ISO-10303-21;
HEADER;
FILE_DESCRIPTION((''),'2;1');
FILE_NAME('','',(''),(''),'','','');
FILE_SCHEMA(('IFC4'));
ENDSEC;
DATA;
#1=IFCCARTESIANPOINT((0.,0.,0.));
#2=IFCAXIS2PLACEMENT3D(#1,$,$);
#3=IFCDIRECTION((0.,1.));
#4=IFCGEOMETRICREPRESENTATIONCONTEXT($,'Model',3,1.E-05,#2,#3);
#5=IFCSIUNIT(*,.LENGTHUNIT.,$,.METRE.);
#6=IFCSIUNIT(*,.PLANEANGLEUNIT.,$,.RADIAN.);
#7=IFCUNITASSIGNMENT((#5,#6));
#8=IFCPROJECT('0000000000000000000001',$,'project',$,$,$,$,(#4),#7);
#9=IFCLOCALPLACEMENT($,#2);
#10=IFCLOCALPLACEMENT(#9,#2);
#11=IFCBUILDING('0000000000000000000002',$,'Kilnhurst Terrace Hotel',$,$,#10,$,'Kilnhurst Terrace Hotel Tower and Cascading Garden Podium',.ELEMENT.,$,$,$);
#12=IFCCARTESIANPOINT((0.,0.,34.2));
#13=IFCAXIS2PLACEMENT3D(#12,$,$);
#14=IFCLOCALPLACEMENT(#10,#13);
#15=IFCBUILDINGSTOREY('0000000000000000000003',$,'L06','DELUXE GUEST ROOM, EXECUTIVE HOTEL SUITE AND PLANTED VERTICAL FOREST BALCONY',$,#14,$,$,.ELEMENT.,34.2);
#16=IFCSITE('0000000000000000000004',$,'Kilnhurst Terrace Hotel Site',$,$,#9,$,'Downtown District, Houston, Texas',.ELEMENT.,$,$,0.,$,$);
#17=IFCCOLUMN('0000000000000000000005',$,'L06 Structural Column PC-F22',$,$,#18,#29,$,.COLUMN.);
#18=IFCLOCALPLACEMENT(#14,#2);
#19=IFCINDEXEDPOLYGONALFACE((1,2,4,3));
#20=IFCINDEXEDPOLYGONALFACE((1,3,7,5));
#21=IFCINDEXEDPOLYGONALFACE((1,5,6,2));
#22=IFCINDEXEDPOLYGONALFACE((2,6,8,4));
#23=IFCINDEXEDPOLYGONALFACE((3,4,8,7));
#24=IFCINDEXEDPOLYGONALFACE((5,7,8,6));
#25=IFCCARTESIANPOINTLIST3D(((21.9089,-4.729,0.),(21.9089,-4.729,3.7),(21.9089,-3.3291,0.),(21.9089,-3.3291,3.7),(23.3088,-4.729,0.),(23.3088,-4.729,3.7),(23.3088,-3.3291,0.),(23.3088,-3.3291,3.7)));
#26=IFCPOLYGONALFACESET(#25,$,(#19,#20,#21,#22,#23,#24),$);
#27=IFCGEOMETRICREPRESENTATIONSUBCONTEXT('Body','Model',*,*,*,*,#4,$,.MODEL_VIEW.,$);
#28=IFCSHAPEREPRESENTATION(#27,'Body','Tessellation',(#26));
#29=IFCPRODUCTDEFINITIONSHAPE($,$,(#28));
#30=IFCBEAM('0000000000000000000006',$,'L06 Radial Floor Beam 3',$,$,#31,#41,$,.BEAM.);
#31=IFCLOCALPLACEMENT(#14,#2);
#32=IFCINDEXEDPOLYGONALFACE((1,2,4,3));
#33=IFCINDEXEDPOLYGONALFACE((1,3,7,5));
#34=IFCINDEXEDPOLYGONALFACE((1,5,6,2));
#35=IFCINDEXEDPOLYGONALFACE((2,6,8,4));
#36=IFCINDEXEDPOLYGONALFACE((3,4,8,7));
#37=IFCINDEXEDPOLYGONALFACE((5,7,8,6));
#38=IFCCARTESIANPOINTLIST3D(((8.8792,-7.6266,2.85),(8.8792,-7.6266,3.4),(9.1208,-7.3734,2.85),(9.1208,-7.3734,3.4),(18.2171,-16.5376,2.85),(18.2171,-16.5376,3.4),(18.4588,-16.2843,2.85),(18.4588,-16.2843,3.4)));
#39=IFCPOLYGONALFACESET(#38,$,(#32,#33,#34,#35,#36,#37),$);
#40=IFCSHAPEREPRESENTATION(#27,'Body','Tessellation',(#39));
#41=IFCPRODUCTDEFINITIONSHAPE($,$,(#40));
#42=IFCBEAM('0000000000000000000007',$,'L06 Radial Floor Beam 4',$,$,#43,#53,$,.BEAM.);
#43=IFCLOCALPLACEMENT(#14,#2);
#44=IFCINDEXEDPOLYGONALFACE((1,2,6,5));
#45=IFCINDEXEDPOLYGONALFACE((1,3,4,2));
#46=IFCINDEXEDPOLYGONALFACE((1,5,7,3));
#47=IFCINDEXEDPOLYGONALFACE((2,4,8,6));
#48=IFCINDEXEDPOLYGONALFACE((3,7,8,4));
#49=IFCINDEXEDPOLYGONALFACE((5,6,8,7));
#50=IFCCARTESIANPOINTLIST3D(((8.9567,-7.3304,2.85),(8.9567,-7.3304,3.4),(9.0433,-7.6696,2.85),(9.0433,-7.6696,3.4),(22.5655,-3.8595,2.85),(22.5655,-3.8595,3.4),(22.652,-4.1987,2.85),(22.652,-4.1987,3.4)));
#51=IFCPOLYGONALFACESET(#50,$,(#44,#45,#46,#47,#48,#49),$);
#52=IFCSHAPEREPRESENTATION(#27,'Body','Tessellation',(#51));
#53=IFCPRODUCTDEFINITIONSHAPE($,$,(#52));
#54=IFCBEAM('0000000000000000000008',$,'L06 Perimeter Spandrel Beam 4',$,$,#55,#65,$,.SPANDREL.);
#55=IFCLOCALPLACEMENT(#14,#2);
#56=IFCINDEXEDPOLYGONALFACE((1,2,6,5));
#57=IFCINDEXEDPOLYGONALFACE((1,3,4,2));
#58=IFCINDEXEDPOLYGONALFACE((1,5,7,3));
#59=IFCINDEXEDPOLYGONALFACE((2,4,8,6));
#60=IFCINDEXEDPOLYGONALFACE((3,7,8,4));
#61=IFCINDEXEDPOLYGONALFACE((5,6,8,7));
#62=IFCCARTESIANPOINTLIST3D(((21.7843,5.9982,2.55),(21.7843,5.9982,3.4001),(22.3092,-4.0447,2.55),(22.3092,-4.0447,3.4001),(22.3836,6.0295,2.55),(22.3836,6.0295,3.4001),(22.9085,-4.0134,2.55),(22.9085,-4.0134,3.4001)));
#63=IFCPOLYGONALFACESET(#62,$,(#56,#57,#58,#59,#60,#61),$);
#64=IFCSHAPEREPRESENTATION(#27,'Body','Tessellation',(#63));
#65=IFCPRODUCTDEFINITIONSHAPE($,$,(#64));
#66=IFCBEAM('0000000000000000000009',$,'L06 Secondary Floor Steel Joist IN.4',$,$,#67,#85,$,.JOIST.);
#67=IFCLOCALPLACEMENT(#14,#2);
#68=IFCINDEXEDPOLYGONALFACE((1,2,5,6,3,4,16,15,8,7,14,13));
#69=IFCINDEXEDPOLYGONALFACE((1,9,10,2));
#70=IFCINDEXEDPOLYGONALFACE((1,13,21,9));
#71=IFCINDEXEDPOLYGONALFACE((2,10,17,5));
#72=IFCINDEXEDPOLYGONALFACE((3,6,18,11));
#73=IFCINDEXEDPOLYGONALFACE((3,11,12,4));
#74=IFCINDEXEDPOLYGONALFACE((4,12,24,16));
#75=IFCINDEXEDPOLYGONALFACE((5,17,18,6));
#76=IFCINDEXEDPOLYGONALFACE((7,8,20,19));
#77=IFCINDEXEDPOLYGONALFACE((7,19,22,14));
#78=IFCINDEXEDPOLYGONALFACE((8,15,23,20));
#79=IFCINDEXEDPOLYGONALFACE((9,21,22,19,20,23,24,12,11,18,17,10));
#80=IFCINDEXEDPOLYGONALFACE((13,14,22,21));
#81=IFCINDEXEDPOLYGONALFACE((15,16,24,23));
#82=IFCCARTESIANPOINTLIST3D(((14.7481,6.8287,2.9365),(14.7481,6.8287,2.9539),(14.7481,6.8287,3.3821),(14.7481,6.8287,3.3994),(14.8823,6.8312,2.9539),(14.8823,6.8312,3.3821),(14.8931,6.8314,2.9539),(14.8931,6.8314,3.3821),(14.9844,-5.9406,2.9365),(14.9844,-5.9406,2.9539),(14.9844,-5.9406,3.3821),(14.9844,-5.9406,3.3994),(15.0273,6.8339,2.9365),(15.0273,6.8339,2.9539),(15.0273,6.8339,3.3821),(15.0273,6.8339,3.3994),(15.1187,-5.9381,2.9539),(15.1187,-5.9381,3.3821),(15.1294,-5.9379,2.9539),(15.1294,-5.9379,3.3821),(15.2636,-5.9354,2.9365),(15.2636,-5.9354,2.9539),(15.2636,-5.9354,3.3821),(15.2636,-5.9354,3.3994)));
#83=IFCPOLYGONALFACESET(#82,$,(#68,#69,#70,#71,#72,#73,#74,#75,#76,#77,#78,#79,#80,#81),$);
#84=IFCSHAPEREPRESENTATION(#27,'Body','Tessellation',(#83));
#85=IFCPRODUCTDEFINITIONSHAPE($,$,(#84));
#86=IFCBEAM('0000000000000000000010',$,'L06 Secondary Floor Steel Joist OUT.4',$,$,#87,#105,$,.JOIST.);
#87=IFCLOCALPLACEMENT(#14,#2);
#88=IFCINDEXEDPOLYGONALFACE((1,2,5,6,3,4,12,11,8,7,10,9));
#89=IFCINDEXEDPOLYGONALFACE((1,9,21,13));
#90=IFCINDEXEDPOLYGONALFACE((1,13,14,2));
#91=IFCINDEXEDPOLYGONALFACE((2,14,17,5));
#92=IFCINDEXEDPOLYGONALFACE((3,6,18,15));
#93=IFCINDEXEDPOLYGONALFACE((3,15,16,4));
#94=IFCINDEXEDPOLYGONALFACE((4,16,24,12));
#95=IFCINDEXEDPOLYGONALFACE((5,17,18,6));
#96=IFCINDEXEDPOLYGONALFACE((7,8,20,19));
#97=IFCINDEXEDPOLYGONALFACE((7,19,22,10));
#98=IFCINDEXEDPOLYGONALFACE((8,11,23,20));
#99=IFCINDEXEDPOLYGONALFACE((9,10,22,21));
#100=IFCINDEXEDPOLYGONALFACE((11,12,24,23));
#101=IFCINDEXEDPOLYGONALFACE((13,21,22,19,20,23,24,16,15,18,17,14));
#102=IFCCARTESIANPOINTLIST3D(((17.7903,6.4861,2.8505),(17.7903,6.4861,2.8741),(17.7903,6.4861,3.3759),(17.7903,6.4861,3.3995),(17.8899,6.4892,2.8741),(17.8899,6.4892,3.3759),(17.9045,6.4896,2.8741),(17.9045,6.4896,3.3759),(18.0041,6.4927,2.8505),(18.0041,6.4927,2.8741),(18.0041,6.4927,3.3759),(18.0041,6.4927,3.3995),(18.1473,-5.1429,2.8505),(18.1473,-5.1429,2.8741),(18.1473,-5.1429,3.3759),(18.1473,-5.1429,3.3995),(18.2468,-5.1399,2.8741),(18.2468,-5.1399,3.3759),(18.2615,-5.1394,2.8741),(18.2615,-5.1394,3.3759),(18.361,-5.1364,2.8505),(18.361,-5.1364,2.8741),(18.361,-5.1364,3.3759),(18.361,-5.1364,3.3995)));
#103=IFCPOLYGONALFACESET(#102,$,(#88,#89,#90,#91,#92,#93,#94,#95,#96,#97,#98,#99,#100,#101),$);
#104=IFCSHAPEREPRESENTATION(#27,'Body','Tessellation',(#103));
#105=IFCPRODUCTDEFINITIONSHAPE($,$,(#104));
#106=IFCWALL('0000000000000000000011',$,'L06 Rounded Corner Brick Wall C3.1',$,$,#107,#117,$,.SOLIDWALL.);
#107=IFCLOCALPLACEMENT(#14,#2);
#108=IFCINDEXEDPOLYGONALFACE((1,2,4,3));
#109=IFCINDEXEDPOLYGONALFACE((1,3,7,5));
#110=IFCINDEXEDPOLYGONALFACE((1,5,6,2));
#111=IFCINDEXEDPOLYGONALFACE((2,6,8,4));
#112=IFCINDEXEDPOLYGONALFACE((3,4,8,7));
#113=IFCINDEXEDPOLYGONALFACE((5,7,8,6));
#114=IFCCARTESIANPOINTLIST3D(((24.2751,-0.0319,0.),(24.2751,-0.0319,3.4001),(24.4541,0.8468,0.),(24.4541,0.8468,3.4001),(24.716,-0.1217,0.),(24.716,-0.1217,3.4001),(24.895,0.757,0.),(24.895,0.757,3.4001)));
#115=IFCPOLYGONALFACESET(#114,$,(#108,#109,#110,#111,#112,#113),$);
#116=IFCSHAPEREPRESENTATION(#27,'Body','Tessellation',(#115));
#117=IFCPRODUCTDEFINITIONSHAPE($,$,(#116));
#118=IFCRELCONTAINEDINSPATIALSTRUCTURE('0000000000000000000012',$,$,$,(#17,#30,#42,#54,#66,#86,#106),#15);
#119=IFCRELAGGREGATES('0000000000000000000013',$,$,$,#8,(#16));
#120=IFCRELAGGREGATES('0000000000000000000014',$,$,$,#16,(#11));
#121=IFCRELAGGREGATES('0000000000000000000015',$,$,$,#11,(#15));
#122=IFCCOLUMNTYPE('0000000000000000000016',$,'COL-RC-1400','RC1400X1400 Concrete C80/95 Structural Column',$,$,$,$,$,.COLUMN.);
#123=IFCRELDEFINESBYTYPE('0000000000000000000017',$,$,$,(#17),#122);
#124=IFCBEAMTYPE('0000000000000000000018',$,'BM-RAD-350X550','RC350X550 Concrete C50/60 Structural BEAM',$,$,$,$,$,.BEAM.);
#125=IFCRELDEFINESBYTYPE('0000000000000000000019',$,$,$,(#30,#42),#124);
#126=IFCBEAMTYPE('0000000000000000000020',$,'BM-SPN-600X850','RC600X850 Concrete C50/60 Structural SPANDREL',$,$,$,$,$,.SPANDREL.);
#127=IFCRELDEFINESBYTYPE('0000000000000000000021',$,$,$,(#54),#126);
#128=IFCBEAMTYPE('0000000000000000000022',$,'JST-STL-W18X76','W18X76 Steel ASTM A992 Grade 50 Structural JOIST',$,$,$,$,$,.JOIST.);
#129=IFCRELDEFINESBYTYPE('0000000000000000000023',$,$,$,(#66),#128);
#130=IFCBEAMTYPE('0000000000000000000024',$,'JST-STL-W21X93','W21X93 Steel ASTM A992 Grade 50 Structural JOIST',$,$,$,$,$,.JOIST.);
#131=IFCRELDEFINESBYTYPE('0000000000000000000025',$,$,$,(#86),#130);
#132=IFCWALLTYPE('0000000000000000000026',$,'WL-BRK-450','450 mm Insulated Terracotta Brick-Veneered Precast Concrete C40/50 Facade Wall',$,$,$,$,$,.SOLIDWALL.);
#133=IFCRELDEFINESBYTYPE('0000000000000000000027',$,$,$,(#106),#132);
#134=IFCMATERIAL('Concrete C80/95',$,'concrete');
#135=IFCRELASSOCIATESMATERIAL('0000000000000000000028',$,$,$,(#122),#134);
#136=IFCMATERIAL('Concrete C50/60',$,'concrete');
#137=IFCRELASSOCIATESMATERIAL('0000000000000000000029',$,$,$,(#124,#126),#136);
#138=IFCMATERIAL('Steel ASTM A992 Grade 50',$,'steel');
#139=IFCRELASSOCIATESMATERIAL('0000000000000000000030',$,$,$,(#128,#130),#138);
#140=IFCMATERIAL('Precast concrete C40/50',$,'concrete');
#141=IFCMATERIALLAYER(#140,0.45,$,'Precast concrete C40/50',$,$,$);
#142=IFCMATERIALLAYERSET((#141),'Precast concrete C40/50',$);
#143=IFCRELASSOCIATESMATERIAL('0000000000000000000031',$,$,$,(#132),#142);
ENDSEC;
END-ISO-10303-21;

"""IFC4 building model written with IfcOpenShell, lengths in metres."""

from ifc_helpers import new_model, si_unit, direction, frame, frame_2d, origin, origin_2d, place, context, subcontext, project, spatial, rectangle, i_section, extrude, material, layer, layer_set, material_profile, profile_set, type_object, element, save


model = new_model("IFC4")

# Units and contexts
model_context = context("Model", 3, precision=1e-05, world=origin(), true_north=direction((0.0, 1.0)))
body_context = subcontext(model_context, "Body", "Model", "MODEL_VIEW")
ifc_project = project(units=[si_unit("LENGTHUNIT", "METRE"), si_unit("PLANEANGLEUNIT", "RADIAN")], contexts=[model_context])

# Site, building, storey
site_placement = place(None, origin())
site = spatial("IfcSite", under=ifc_project, at=site_placement, Name="Kilnhurst Terrace Hotel Site", LongName="Downtown District, Houston, Texas", CompositionType="ELEMENT", RefElevation=0.0)
building_placement = place(site_placement, origin())
building = spatial("IfcBuilding", under=site, at=building_placement, Name="Kilnhurst Terrace Hotel", LongName="Kilnhurst Terrace Hotel Tower and Cascading Garden Podium", CompositionType="ELEMENT")
storey_placement = place(building_placement, frame((0.0, 0.0, 34.2)))
storey = spatial("IfcBuildingStorey", under=building, at=storey_placement, Name="L06", Description="DELUXE GUEST ROOM, EXECUTIVE HOTEL SUITE AND PLANTED VERTICAL FOREST BALCONY", CompositionType="ELEMENT", Elevation=34.2)

# Column
ifc_material_1 = material(Name="Concrete C80/95", Category="concrete")
ifc_material_profile_1 = material_profile(ifc_material_1, rectangle(XDim=1.3999, YDim=1.3999, at=origin_2d()), Name="RC1400X1400")
ifc_profile_set_1 = profile_set([ifc_material_profile_1], Name="Concrete C80/95")
column_type = type_object("IfcColumnType", Name="COL-RC-1400", Description="RC1400X1400 Concrete C80/95 Structural Column", PredefinedType="COLUMN", material=ifc_profile_set_1)
column_placement = place(storey_placement, frame((22.6089, -4.0291, 0.0), z_axis=(0.0, 0.0, 1.0), x_axis=(1.0, 0.0, 0.0)))
element("IfcColumn", 1, at=column_placement, inside=storey, type_object=column_type, Name="L06 Structural Column PC-F22", PredefinedType="COLUMN", context=body_context, shape_type="SweptSolid", body=[
    extrude(rectangle(XDim=1.3999, YDim=1.3999, at=origin_2d()), origin(), (0.0, 0.0, 1.0), 3.7),
])

# Beams
ifc_material_2 = material(Name="Concrete C50/60", Category="concrete")
ifc_material_profile_2 = material_profile(ifc_material_2, rectangle(XDim=0.3501, YDim=0.55, at=origin_2d()), Name="RC350X550")
ifc_profile_set_2 = profile_set([ifc_material_profile_2], Name="Concrete C50/60")
beam_type_1 = type_object("IfcBeamType", Name="BM-RAD-350X550", Description="RC350X550 Concrete C50/60 Structural BEAM", PredefinedType="BEAM", material=ifc_profile_set_2)
beam_1_placement = place(storey_placement, frame((9.0, -7.5, 3.125), z_axis=(0.723454, -0.690372, 0.0), x_axis=(0.690372, 0.723454, 0.0)))
element("IfcBeam", 2, at=beam_1_placement, inside=storey, type_object=beam_type_1, Name="L06 Radial Floor Beam 3", PredefinedType="BEAM", context=body_context, shape_type="SweptSolid", body=[
    extrude(rectangle(XDim=0.3501, YDim=0.55, at=origin_2d()), origin(), (0.0, 0.0, 1.0), 12.9075),
])
beam_2_placement = place(storey_placement, frame((9.0, -7.5, 3.125), z_axis=(0.96898, 0.247138, 0.0), x_axis=(-0.247138, 0.96898, 0.0)))
element("IfcBeam", 3, at=beam_2_placement, inside=storey, type_object=beam_type_1, Name="L06 Radial Floor Beam 4", PredefinedType="BEAM", context=body_context, shape_type="SweptSolid", body=[
    extrude(rectangle(XDim=0.3501, YDim=0.55, at=origin_2d()), origin(), (0.0, 0.0, 1.0), 14.0444),
])
ifc_material_profile_3 = material_profile(ifc_material_2, rectangle(XDim=0.6001, YDim=0.8501, at=origin_2d()), Name="RC600X850")
ifc_profile_set_3 = profile_set([ifc_material_profile_3], Name="Concrete C50/60")
beam_type_2 = type_object("IfcBeamType", Name="BM-SPN-600X850", Description="RC600X850 Concrete C50/60 Structural SPANDREL", PredefinedType="SPANDREL", material=ifc_profile_set_3)
beam_3_placement = place(storey_placement, frame((22.6089, -4.0291, 2.9751), z_axis=(-0.052194, 0.998637, 0.0), x_axis=(-0.998637, -0.052194, 0.0)))
element("IfcBeam", 4, at=beam_3_placement, inside=storey, type_object=beam_type_2, Name="L06 Perimeter Spandrel Beam 4", PredefinedType="SPANDREL", context=body_context, shape_type="SweptSolid", body=[
    extrude(rectangle(XDim=0.6001, YDim=0.8501, at=origin_2d()), origin(), (0.0, 0.0, 1.0), 10.0566),
])
ifc_material_3 = material(Name="Steel ASTM A992 Grade 50", Category="steel")
ifc_material_profile_4 = material_profile(ifc_material_3, i_section(OverallWidth=0.2793, OverallDepth=0.4629, WebThickness=0.0107, FlangeThickness=0.0173, at=origin_2d()), Name="W18X76")
ifc_profile_set_4 = profile_set([ifc_material_profile_4], Name="Steel ASTM A992 Grade 50")
beam_type_3 = type_object("IfcBeamType", Name="JST-STL-W18X76", Description="W18X76 Steel ASTM A992 Grade 50 Structural JOIST", PredefinedType="JOIST", material=ifc_profile_set_4)
beam_4_placement = place(storey_placement, frame((15.124, -5.938, 3.168), z_axis=(-0.018504, 0.999829, 0.0), x_axis=(-0.999829, -0.018504, 0.0)))
element("IfcBeam", 5, at=beam_4_placement, inside=storey, type_object=beam_type_3, Name="L06 Secondary Floor Steel Joist IN.4", PredefinedType="JOIST", context=body_context, shape_type="SweptSolid", body=[
    extrude(i_section(OverallWidth=0.2793, OverallDepth=0.4629, WebThickness=0.0107, FlangeThickness=0.0173, at=origin_2d()), origin(), (0.0, 0.0, 1.0), 12.7715),
])
ifc_material_profile_5 = material_profile(ifc_material_3, i_section(OverallWidth=0.2139, OverallDepth=0.5491, WebThickness=0.0146, FlangeThickness=0.0237, at=origin_2d()), Name="W21X93")
ifc_profile_set_5 = profile_set([ifc_material_profile_5], Name="Steel ASTM A992 Grade 50")
beam_type_4 = type_object("IfcBeamType", Name="JST-STL-W21X93", Description="W21X93 Steel ASTM A992 Grade 50 Structural JOIST", PredefinedType="JOIST", material=ifc_profile_set_5)
beam_5_placement = place(storey_placement, frame((18.2542, -5.1396, 3.125), z_axis=(-0.030679, 0.999529, 0.0), x_axis=(-0.999529, -0.030679, 0.0)))
element("IfcBeam", 6, at=beam_5_placement, inside=storey, type_object=beam_type_4, Name="L06 Secondary Floor Steel Joist OUT.4", PredefinedType="JOIST", context=body_context, shape_type="SweptSolid", body=[
    extrude(i_section(OverallWidth=0.2139, OverallDepth=0.5491, WebThickness=0.0146, FlangeThickness=0.0237, at=origin_2d()), origin(), (0.0, 0.0, 1.0), 11.6345),
])

# Wall
ifc_material_4 = material(Name="Precast concrete C40/50", Category="concrete")
ifc_layer_1 = layer(ifc_material_4, 0.45, Name="Precast concrete C40/50")
ifc_layer_set_1 = layer_set([ifc_layer_1], Name="Precast concrete C40/50")
wall_type_1 = type_object("IfcWallType", Name="WL-BRK-450", Description="450 mm Insulated Terracotta Brick-Veneered Precast Concrete C40/50 Facade Wall", PredefinedType="SOLIDWALL", material=ifc_layer_set_1)
wall_1_placement = place(storey_placement, frame((24.4956, -0.0767, 0.0), z_axis=(0.0, 0.0, 1.0), x_axis=(0.199571, 0.979883, 0.0)))
element("IfcWall", 7, at=wall_1_placement, inside=storey, type_object=wall_type_1, Name="L06 Rounded Corner Brick Wall C3.1", PredefinedType="SOLIDWALL", context=body_context, shape_type="SweptSolid", body=[
    extrude(rectangle(XDim=0.8967, YDim=0.45, at=frame_2d((0.4482, 0.0))), origin(), (0.0, 0.0, 1.0), 3.4001),
])

save(model, "model.ifc")
